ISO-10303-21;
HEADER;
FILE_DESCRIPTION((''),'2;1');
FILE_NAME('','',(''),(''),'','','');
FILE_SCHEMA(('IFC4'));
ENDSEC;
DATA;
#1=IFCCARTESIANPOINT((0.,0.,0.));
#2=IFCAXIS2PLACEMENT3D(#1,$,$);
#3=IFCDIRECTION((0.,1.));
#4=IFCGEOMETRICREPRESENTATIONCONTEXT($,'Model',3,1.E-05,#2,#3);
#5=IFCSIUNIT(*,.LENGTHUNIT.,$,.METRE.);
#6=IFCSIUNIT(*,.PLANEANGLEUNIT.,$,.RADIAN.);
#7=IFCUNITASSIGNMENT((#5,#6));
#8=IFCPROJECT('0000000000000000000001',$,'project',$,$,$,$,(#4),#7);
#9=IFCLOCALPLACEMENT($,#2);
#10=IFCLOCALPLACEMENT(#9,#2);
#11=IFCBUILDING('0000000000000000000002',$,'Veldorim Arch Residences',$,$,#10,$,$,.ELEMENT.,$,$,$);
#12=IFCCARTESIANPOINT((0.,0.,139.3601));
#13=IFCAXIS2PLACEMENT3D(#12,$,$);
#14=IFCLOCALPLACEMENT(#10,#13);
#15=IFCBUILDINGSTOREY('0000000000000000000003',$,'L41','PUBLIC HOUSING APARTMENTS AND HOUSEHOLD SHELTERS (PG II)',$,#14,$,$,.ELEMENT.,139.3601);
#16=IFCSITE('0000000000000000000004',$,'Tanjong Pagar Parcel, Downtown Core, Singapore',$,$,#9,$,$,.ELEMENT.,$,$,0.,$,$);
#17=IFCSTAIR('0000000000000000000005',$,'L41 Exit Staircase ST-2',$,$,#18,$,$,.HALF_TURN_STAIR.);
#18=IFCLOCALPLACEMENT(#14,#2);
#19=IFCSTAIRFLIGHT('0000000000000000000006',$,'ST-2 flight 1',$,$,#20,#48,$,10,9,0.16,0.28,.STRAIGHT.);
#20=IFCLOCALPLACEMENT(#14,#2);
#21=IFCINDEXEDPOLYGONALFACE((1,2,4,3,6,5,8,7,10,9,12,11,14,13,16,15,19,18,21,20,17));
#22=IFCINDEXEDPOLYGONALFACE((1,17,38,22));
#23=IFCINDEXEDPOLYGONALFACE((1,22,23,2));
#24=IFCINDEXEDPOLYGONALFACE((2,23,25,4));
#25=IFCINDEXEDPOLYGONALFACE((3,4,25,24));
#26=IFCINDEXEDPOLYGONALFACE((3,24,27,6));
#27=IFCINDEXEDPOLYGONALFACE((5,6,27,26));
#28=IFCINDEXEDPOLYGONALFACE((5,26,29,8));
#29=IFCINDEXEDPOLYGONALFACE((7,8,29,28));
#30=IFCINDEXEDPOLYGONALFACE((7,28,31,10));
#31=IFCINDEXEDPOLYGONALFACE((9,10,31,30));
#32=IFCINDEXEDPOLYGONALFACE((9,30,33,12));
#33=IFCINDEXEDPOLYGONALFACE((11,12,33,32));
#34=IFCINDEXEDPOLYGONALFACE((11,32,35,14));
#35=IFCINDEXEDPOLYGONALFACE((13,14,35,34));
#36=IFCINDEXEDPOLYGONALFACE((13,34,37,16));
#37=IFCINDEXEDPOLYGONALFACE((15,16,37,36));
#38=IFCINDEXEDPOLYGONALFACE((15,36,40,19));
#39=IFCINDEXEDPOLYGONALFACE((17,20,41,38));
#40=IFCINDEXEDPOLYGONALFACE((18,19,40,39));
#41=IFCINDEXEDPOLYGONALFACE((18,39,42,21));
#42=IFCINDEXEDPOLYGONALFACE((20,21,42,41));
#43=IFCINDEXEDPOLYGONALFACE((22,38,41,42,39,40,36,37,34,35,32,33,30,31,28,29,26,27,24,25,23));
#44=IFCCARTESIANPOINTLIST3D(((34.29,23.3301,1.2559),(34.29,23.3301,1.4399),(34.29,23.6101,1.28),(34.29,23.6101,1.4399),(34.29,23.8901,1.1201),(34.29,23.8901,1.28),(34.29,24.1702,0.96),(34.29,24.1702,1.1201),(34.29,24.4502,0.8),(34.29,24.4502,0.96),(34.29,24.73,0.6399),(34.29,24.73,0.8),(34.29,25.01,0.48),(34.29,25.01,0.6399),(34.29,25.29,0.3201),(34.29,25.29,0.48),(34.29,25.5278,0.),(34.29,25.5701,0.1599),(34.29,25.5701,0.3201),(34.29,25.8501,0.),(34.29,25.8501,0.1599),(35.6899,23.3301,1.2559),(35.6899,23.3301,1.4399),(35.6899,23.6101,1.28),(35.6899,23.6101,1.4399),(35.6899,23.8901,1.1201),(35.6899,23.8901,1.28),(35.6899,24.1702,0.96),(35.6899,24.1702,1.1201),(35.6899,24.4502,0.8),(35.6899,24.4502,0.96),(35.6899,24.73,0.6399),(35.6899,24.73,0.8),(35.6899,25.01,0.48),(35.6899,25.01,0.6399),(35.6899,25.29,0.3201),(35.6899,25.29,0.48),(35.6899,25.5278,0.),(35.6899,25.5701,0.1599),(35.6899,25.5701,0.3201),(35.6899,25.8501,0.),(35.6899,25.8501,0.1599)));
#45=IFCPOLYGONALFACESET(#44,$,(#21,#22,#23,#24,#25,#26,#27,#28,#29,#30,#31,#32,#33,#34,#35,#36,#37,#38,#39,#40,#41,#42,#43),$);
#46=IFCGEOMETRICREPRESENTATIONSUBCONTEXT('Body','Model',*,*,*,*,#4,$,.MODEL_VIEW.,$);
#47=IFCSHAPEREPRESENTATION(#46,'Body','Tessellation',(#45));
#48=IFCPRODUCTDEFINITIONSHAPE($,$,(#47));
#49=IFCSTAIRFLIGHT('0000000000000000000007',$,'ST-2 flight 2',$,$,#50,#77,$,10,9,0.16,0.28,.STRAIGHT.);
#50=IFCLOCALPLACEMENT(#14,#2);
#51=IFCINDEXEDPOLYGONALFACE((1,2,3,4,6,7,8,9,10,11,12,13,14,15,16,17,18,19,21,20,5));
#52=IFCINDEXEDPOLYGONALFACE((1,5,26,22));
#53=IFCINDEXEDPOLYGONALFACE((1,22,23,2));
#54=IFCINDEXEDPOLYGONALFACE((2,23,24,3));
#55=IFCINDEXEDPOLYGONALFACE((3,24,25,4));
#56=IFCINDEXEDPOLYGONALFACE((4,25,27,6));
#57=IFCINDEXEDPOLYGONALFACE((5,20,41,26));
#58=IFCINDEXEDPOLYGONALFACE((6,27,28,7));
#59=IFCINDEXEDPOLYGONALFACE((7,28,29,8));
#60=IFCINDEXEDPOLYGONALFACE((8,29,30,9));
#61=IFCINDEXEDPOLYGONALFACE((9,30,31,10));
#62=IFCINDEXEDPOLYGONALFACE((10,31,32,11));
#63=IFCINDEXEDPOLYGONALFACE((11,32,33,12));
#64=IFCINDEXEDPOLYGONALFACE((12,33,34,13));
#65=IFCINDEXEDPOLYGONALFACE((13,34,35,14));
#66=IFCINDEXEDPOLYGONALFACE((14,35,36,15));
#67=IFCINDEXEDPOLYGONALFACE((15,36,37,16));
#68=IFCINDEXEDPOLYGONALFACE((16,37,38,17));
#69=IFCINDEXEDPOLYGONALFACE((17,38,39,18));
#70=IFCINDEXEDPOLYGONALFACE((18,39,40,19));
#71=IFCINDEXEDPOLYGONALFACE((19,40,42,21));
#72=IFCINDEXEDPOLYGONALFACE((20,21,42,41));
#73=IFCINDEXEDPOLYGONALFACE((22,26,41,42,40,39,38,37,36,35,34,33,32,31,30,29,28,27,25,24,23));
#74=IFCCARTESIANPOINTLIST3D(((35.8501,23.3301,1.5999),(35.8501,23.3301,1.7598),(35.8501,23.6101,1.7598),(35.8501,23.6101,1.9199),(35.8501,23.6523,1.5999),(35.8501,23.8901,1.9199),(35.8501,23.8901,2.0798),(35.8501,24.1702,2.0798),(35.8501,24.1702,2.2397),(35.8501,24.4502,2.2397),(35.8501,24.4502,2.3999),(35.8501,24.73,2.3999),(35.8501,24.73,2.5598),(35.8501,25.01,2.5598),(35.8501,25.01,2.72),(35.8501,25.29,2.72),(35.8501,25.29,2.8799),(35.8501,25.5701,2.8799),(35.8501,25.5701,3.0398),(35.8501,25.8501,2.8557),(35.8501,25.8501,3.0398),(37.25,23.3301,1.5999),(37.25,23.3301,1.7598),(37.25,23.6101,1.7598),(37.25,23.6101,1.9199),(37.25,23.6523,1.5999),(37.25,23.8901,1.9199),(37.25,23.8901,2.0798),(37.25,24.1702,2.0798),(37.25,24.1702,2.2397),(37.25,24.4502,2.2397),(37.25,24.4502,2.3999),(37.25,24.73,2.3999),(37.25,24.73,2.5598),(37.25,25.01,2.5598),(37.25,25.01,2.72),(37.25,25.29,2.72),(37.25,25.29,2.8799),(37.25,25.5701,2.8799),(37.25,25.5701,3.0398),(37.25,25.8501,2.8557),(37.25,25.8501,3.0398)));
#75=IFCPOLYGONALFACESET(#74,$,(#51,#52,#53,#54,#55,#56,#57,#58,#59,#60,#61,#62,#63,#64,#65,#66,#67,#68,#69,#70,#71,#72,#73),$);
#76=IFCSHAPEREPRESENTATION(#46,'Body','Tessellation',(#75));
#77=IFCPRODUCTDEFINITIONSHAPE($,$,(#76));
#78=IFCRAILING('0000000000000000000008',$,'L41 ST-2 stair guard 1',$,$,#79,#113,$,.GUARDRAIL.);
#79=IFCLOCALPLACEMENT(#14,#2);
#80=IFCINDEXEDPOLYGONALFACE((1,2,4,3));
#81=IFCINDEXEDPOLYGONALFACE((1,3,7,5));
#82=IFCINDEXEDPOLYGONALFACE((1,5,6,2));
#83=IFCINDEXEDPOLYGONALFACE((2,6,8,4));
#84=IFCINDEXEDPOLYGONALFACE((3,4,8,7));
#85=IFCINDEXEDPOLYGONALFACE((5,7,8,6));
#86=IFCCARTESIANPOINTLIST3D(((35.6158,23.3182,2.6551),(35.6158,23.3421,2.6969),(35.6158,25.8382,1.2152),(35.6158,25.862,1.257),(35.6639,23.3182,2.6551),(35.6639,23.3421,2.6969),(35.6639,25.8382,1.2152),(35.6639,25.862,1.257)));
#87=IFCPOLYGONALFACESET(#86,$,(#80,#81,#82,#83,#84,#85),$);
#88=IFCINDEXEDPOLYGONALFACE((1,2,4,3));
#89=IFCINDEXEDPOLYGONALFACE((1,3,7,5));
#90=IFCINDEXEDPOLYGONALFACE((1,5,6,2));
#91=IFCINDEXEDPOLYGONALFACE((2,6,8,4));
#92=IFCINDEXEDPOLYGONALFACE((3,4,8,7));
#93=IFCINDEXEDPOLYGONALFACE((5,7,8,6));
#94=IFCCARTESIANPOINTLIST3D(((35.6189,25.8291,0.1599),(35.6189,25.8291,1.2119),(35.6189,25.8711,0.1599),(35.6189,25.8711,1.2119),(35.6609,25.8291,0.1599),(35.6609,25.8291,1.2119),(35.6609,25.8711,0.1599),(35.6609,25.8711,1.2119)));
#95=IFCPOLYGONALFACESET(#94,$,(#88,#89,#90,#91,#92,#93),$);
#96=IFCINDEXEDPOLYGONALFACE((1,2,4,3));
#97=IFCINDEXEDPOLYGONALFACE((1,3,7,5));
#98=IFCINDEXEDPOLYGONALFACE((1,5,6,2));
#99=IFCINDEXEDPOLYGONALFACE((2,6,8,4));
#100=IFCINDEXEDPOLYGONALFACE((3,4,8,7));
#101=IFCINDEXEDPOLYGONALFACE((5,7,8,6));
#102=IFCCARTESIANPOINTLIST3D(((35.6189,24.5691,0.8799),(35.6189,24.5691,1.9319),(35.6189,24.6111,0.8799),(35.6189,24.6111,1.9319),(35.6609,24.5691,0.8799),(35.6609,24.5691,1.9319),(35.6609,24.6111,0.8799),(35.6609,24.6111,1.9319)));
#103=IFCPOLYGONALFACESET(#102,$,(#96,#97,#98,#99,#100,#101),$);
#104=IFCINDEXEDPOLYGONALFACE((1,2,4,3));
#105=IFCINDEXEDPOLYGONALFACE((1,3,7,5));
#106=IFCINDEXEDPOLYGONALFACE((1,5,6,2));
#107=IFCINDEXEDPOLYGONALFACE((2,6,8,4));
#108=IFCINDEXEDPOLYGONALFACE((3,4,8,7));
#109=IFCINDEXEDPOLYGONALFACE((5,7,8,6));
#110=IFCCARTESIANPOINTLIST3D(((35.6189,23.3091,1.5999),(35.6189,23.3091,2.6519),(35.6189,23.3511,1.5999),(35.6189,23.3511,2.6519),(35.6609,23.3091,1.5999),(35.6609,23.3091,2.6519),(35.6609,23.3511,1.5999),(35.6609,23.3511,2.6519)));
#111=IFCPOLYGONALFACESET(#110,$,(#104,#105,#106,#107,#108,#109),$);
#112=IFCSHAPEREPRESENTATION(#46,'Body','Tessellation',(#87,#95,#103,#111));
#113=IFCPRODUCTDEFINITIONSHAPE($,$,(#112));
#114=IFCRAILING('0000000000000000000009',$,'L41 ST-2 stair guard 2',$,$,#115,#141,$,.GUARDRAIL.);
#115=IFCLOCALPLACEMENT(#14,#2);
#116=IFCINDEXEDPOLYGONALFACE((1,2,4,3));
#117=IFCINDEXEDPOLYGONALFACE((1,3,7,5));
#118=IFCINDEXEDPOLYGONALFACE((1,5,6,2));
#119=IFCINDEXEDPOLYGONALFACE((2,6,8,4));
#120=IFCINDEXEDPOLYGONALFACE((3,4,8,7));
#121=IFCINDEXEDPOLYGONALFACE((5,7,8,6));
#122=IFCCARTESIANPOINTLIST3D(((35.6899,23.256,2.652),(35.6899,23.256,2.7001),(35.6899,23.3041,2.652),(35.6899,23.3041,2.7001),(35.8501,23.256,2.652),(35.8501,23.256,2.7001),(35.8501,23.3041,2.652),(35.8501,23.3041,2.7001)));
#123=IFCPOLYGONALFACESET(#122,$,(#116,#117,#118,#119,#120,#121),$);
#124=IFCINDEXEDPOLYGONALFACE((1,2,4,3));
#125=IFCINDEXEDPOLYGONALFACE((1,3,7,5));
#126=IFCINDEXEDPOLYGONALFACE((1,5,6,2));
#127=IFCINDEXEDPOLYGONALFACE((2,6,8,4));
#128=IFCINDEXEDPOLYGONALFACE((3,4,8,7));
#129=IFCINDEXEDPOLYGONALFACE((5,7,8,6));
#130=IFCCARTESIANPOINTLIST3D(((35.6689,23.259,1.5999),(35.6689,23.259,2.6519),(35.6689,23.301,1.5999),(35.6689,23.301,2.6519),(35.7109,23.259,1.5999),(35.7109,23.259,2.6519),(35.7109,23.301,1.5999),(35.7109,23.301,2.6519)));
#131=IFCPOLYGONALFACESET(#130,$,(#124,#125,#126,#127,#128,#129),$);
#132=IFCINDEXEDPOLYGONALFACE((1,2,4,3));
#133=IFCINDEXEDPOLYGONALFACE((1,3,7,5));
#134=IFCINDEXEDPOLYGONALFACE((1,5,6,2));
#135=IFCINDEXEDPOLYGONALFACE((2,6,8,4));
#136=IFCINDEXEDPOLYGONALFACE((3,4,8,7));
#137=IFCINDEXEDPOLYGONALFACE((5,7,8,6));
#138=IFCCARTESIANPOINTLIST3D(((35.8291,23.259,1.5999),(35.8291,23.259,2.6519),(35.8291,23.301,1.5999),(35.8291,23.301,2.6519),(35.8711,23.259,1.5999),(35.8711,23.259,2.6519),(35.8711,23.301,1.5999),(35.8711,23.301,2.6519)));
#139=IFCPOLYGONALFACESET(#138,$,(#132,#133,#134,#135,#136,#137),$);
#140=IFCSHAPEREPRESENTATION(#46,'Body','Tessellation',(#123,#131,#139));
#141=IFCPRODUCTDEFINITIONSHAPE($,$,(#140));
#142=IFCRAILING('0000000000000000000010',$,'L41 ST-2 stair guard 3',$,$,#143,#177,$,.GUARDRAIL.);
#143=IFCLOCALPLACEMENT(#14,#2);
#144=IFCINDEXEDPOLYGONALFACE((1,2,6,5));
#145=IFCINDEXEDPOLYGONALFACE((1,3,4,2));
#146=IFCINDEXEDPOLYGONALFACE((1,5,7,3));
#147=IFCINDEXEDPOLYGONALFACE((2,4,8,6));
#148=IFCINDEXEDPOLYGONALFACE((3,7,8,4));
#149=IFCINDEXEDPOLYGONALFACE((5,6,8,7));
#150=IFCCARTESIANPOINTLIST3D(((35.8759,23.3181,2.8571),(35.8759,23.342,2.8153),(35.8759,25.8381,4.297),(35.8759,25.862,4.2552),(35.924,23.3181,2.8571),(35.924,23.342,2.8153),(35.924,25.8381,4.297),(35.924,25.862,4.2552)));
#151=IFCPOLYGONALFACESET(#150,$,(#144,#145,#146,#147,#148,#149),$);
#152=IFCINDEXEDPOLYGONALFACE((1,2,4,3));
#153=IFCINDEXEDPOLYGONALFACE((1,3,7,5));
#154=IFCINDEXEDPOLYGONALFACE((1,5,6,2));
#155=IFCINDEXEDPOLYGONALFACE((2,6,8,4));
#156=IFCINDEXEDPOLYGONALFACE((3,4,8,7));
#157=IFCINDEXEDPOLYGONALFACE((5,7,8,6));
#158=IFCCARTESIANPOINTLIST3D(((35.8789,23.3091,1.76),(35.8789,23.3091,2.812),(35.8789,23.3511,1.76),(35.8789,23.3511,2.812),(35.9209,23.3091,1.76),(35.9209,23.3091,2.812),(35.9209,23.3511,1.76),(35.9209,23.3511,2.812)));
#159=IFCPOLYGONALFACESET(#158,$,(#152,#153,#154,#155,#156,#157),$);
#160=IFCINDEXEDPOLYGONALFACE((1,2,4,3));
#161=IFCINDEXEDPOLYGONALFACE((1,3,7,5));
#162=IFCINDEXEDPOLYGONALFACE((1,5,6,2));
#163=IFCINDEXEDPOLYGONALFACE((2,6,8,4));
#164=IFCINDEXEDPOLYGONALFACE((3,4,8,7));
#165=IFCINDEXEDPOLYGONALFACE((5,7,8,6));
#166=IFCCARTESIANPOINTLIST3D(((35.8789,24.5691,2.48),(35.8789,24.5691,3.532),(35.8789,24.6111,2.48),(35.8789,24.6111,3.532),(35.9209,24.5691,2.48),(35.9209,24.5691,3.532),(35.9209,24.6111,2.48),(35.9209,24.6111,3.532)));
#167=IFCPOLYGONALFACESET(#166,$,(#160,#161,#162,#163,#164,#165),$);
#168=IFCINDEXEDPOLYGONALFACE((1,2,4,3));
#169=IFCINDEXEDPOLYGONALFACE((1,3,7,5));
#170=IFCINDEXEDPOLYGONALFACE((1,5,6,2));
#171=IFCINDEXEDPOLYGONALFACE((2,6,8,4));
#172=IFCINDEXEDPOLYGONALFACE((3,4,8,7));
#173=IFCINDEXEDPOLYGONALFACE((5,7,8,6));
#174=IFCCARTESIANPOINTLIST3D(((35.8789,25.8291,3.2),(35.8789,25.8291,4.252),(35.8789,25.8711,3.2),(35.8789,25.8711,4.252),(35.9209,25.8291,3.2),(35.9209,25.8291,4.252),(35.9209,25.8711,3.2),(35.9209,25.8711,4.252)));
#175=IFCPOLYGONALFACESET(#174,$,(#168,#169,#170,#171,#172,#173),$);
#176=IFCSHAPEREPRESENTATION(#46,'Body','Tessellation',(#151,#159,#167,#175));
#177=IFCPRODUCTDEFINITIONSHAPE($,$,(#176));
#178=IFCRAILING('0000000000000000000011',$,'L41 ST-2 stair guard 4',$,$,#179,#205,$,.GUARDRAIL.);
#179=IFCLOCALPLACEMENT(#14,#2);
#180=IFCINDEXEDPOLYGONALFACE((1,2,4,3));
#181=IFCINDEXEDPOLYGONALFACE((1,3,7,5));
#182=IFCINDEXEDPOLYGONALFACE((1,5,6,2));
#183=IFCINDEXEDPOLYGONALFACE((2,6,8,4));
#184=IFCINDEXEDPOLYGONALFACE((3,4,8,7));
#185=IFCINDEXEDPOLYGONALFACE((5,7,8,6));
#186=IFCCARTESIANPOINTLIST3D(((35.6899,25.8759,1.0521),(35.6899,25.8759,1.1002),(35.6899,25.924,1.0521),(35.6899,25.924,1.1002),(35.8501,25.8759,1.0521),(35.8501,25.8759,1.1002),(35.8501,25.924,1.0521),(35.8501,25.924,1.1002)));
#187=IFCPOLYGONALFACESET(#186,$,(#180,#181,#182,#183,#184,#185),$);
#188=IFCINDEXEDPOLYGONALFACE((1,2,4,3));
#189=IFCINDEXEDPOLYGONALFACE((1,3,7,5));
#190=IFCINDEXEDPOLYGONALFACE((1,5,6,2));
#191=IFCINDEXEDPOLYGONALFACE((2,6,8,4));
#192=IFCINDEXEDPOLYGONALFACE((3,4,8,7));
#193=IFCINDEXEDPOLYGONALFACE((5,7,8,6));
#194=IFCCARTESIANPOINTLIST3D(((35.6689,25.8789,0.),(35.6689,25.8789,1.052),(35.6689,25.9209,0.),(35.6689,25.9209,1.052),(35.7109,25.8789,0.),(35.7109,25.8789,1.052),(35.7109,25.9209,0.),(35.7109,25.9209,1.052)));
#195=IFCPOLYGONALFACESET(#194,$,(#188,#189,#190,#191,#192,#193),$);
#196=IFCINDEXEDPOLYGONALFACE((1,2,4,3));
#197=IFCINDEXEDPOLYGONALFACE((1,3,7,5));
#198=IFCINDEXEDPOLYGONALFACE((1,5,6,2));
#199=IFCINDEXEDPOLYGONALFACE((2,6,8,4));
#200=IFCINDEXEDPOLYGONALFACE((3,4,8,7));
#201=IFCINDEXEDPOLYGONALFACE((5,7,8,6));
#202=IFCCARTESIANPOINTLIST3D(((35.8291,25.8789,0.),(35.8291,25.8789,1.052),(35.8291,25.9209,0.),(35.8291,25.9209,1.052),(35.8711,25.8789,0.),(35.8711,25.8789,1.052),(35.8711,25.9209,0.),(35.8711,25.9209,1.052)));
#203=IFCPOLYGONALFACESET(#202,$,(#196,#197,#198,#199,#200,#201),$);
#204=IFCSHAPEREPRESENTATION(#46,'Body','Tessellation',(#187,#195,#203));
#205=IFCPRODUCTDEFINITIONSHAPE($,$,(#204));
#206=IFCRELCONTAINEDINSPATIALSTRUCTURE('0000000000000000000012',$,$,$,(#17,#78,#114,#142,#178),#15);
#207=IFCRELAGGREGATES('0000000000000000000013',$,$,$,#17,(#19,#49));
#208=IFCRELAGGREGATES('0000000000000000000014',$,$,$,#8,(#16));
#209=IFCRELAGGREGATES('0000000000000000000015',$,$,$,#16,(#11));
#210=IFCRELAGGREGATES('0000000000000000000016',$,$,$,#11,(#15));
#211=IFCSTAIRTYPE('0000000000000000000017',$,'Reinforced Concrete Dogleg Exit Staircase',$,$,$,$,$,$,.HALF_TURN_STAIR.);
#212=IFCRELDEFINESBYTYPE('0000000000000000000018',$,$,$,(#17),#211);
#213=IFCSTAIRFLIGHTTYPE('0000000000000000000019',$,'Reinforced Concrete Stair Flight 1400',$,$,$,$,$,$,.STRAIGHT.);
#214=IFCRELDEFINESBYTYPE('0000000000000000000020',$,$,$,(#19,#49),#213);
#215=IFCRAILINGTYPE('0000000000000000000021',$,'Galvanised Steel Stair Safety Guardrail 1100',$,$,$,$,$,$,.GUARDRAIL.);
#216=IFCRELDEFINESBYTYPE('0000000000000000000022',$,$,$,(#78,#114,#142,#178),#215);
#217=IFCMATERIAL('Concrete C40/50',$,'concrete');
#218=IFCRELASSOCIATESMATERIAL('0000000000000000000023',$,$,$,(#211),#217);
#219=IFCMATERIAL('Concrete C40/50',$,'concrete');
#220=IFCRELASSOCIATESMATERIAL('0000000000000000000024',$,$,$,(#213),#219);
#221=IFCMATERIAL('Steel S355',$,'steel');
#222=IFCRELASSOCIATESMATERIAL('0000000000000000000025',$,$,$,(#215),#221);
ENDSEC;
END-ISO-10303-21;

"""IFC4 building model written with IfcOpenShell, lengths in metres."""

from ifc_helpers import new_model, si_unit, direction, frame, origin, origin_2d, place, context, subcontext, project, spatial, polyline, rectangle, outline, extrude, material, type_object, element, aggregate, save


model = new_model("IFC4")

# Units and contexts
model_context = context("Model", 3, precision=1e-05, world=origin(), true_north=direction((0.0, 1.0)))
body_context = subcontext(model_context, "Body", "Model", "MODEL_VIEW")
ifc_project = project(units=[si_unit("LENGTHUNIT", "METRE"), si_unit("PLANEANGLEUNIT", "RADIAN")], contexts=[model_context])

# Site, building, storey
site_placement = place(None, origin())
site = spatial("IfcSite", under=ifc_project, at=site_placement, Name="Tanjong Pagar Parcel, Downtown Core, Singapore", CompositionType="ELEMENT", RefElevation=0.0)
building_placement = place(site_placement, origin())
building = spatial("IfcBuilding", under=site, at=building_placement, Name="Veldorim Arch Residences", CompositionType="ELEMENT")
storey_placement = place(building_placement, frame((0.0, 0.0, 139.3601)))
storey = spatial("IfcBuildingStorey", under=building, at=storey_placement, Name="L41", Description="PUBLIC HOUSING APARTMENTS AND HOUSEHOLD SHELTERS (PG II)", CompositionType="ELEMENT", Elevation=139.3601)

# Stair, stair flights
ifc_material_1 = material(Name="Concrete C40/50", Category="concrete")
stair_type = type_object("IfcStairType", Name="Reinforced Concrete Dogleg Exit Staircase", PredefinedType="HALF_TURN_STAIR", material=ifc_material_1)
stair_placement = place(storey_placement, origin())
stair = element("IfcStair", 1, at=stair_placement, inside=storey, type_object=stair_type, Name="L41 Exit Staircase ST-2", PredefinedType="HALF_TURN_STAIR")
ifc_material_2 = material(Name="Concrete C40/50", Category="concrete")
stair_flight_type = type_object("IfcStairFlightType", Name="Reinforced Concrete Stair Flight 1400", PredefinedType="STRAIGHT", material=ifc_material_2)
stair_flight_1_placement = place(storey_placement, frame((34.99, 25.8501, 0.0), z_axis=(0.0, 0.0, 1.0), x_axis=(0.0, -1.0, 0.0)))
stair_flight_1 = element("IfcStairFlight", 2, at=stair_flight_1_placement, type_object=stair_flight_type, Name="ST-2 flight 1", NumberOfRisers=10, NumberOfTreads=9, PredefinedType="STRAIGHT", RiserHeight=0.16, TreadLength=0.28, context=body_context, shape_type="SweptSolid", body=[
    extrude(outline(polyline([(0.0, 0.0), (0.0, 0.1599), (0.28, 0.1599), (0.28, 0.3201), (0.5601, 0.3201), (0.5601, 0.48), (0.8401, 0.48), (0.8401, 0.6399), (1.1201, 0.6399), (1.1201, 0.8), (1.3999, 0.8), (1.3999, 0.96), (1.6799, 0.96), (1.6799, 1.1201), (1.96, 1.1201), (1.96, 1.28), (2.24, 1.28), (2.24, 1.4399), (2.52, 1.4399), (2.52, 1.6001), (2.52, 1.2559), (0.3223, 0.0), (0.0, 0.0)])), frame((0.0, 0.7, 0.0), z_axis=(0.0, -1.0, 0.0), x_axis=(1.0, 0.0, 0.0)), (0.0, 0.0, 1.0), 1.3999),
])
stair_flight_2_placement = place(storey_placement, frame((36.55, 23.3301, 1.5999), z_axis=(0.0, 0.0, 1.0), x_axis=(0.0, 1.0, 0.0)))
stair_flight_2 = element("IfcStairFlight", 3, at=stair_flight_2_placement, type_object=stair_flight_type, Name="ST-2 flight 2", NumberOfRisers=10, NumberOfTreads=9, PredefinedType="STRAIGHT", RiserHeight=0.16, TreadLength=0.28, context=body_context, shape_type="SweptSolid", body=[
    extrude(outline(polyline([(0.0, 0.0), (0.0, 0.1599), (0.28, 0.1599), (0.28, 0.3201), (0.5601, 0.3201), (0.5601, 0.48), (0.8401, 0.48), (0.8401, 0.6399), (1.1201, 0.6399), (1.1201, 0.8), (1.3999, 0.8), (1.3999, 0.96), (1.6799, 0.96), (1.6799, 1.1201), (1.96, 1.1201), (1.96, 1.28), (2.24, 1.28), (2.24, 1.4399), (2.52, 1.4399), (2.52, 1.6001), (2.52, 1.2559), (0.3223, 0.0), (0.0, 0.0)])), frame((0.0, 0.7, 0.0), z_axis=(0.0, -1.0, 0.0), x_axis=(1.0, 0.0, 0.0)), (0.0, 0.0, 1.0), 1.3999),
])
aggregate(stair, [stair_flight_1, stair_flight_2])

# Railings
ifc_material_3 = material(Name="Steel S355", Category="steel")
railing_type_1 = type_object("IfcRailingType", Name="Galvanised Steel Stair Safety Guardrail 1100", PredefinedType="GUARDRAIL", material=ifc_material_3)
railing_1_placement = place(storey_placement, frame((35.6399, 25.8501, 0.1599)))
element("IfcRailing", 4, at=railing_1_placement, inside=storey, type_object=railing_type_1, Name="L41 ST-2 stair guard 1", PredefinedType="GUARDRAIL", context=body_context, shape_type="SweptSolid", body=[
    extrude(rectangle(XDim=0.0481, YDim=0.0481, at=origin_2d()), frame((0.0, 0.0, 1.0762), z_axis=(0.0, -0.868253, 0.496121), x_axis=(1.0, 0.0, 0.0)), (0.0, 0.0, 1.0), 2.9023),
    extrude(rectangle(XDim=0.042, YDim=0.042, at=origin_2d()), origin(), (0.0, 0.0, 1.0), 1.052),
    extrude(rectangle(XDim=0.042, YDim=0.042, at=origin_2d()), frame((0.0, -1.26, 0.72)), (0.0, 0.0, 1.0), 1.052),
    extrude(rectangle(XDim=0.042, YDim=0.042, at=origin_2d()), frame((0.0, -2.52, 1.4399)), (0.0, 0.0, 1.0), 1.052),
])
railing_2_placement = place(storey_placement, frame((35.6899, 23.28, 1.5999)))
element("IfcRailing", 5, at=railing_2_placement, inside=storey, type_object=railing_type_1, Name="L41 ST-2 stair guard 2", PredefinedType="GUARDRAIL", context=body_context, shape_type="SweptSolid", body=[
    extrude(rectangle(XDim=0.0481, YDim=0.0481, at=origin_2d()), frame((0.0, 0.0, 1.0762), z_axis=(1.0, 0.0, 0.0), x_axis=(0.0, 1.0, 0.0)), (0.0, 0.0, 1.0), 0.1602),
    extrude(rectangle(XDim=0.042, YDim=0.042, at=origin_2d()), origin(), (0.0, 0.0, 1.0), 1.052),
    extrude(rectangle(XDim=0.042, YDim=0.042, at=origin_2d()), frame((0.1602, 0.0, 0.0)), (0.0, 0.0, 1.0), 1.052),
])
railing_3_placement = place(storey_placement, frame((35.8999, 23.3301, 1.76)))
element("IfcRailing", 6, at=railing_3_placement, inside=storey, type_object=railing_type_1, Name="L41 ST-2 stair guard 3", PredefinedType="GUARDRAIL", context=body_context, shape_type="SweptSolid", body=[
    extrude(rectangle(XDim=0.0481, YDim=0.0481, at=origin_2d()), frame((0.0, 0.0, 1.0762), z_axis=(0.0, 0.868253, 0.496121), x_axis=(-1.0, 0.0, 0.0)), (0.0, 0.0, 1.0), 2.9023),
    extrude(rectangle(XDim=0.042, YDim=0.042, at=origin_2d()), origin(), (0.0, 0.0, 1.0), 1.052),
    extrude(rectangle(XDim=0.042, YDim=0.042, at=origin_2d()), frame((0.0, 1.26, 0.72)), (0.0, 0.0, 1.0), 1.052),
    extrude(rectangle(XDim=0.042, YDim=0.042, at=origin_2d()), frame((0.0, 2.52, 1.4399)), (0.0, 0.0, 1.0), 1.052),
])
railing_4_placement = place(storey_placement, frame((35.6899, 25.8999, 0.0)))
element("IfcRailing", 7, at=railing_4_placement, inside=storey, type_object=railing_type_1, Name="L41 ST-2 stair guard 4", PredefinedType="GUARDRAIL", context=body_context, shape_type="SweptSolid", body=[
    extrude(rectangle(XDim=0.0481, YDim=0.0481, at=origin_2d()), frame((0.0, 0.0, 1.0762), z_axis=(1.0, 0.0, 0.0), x_axis=(0.0, 1.0, 0.0)), (0.0, 0.0, 1.0), 0.1602),
    extrude(rectangle(XDim=0.042, YDim=0.042, at=origin_2d()), origin(), (0.0, 0.0, 1.0), 1.052),
    extrude(rectangle(XDim=0.042, YDim=0.042, at=origin_2d()), frame((0.1602, 0.0, 0.0)), (0.0, 0.0, 1.0), 1.052),
])

save(model, "model.ifc")
